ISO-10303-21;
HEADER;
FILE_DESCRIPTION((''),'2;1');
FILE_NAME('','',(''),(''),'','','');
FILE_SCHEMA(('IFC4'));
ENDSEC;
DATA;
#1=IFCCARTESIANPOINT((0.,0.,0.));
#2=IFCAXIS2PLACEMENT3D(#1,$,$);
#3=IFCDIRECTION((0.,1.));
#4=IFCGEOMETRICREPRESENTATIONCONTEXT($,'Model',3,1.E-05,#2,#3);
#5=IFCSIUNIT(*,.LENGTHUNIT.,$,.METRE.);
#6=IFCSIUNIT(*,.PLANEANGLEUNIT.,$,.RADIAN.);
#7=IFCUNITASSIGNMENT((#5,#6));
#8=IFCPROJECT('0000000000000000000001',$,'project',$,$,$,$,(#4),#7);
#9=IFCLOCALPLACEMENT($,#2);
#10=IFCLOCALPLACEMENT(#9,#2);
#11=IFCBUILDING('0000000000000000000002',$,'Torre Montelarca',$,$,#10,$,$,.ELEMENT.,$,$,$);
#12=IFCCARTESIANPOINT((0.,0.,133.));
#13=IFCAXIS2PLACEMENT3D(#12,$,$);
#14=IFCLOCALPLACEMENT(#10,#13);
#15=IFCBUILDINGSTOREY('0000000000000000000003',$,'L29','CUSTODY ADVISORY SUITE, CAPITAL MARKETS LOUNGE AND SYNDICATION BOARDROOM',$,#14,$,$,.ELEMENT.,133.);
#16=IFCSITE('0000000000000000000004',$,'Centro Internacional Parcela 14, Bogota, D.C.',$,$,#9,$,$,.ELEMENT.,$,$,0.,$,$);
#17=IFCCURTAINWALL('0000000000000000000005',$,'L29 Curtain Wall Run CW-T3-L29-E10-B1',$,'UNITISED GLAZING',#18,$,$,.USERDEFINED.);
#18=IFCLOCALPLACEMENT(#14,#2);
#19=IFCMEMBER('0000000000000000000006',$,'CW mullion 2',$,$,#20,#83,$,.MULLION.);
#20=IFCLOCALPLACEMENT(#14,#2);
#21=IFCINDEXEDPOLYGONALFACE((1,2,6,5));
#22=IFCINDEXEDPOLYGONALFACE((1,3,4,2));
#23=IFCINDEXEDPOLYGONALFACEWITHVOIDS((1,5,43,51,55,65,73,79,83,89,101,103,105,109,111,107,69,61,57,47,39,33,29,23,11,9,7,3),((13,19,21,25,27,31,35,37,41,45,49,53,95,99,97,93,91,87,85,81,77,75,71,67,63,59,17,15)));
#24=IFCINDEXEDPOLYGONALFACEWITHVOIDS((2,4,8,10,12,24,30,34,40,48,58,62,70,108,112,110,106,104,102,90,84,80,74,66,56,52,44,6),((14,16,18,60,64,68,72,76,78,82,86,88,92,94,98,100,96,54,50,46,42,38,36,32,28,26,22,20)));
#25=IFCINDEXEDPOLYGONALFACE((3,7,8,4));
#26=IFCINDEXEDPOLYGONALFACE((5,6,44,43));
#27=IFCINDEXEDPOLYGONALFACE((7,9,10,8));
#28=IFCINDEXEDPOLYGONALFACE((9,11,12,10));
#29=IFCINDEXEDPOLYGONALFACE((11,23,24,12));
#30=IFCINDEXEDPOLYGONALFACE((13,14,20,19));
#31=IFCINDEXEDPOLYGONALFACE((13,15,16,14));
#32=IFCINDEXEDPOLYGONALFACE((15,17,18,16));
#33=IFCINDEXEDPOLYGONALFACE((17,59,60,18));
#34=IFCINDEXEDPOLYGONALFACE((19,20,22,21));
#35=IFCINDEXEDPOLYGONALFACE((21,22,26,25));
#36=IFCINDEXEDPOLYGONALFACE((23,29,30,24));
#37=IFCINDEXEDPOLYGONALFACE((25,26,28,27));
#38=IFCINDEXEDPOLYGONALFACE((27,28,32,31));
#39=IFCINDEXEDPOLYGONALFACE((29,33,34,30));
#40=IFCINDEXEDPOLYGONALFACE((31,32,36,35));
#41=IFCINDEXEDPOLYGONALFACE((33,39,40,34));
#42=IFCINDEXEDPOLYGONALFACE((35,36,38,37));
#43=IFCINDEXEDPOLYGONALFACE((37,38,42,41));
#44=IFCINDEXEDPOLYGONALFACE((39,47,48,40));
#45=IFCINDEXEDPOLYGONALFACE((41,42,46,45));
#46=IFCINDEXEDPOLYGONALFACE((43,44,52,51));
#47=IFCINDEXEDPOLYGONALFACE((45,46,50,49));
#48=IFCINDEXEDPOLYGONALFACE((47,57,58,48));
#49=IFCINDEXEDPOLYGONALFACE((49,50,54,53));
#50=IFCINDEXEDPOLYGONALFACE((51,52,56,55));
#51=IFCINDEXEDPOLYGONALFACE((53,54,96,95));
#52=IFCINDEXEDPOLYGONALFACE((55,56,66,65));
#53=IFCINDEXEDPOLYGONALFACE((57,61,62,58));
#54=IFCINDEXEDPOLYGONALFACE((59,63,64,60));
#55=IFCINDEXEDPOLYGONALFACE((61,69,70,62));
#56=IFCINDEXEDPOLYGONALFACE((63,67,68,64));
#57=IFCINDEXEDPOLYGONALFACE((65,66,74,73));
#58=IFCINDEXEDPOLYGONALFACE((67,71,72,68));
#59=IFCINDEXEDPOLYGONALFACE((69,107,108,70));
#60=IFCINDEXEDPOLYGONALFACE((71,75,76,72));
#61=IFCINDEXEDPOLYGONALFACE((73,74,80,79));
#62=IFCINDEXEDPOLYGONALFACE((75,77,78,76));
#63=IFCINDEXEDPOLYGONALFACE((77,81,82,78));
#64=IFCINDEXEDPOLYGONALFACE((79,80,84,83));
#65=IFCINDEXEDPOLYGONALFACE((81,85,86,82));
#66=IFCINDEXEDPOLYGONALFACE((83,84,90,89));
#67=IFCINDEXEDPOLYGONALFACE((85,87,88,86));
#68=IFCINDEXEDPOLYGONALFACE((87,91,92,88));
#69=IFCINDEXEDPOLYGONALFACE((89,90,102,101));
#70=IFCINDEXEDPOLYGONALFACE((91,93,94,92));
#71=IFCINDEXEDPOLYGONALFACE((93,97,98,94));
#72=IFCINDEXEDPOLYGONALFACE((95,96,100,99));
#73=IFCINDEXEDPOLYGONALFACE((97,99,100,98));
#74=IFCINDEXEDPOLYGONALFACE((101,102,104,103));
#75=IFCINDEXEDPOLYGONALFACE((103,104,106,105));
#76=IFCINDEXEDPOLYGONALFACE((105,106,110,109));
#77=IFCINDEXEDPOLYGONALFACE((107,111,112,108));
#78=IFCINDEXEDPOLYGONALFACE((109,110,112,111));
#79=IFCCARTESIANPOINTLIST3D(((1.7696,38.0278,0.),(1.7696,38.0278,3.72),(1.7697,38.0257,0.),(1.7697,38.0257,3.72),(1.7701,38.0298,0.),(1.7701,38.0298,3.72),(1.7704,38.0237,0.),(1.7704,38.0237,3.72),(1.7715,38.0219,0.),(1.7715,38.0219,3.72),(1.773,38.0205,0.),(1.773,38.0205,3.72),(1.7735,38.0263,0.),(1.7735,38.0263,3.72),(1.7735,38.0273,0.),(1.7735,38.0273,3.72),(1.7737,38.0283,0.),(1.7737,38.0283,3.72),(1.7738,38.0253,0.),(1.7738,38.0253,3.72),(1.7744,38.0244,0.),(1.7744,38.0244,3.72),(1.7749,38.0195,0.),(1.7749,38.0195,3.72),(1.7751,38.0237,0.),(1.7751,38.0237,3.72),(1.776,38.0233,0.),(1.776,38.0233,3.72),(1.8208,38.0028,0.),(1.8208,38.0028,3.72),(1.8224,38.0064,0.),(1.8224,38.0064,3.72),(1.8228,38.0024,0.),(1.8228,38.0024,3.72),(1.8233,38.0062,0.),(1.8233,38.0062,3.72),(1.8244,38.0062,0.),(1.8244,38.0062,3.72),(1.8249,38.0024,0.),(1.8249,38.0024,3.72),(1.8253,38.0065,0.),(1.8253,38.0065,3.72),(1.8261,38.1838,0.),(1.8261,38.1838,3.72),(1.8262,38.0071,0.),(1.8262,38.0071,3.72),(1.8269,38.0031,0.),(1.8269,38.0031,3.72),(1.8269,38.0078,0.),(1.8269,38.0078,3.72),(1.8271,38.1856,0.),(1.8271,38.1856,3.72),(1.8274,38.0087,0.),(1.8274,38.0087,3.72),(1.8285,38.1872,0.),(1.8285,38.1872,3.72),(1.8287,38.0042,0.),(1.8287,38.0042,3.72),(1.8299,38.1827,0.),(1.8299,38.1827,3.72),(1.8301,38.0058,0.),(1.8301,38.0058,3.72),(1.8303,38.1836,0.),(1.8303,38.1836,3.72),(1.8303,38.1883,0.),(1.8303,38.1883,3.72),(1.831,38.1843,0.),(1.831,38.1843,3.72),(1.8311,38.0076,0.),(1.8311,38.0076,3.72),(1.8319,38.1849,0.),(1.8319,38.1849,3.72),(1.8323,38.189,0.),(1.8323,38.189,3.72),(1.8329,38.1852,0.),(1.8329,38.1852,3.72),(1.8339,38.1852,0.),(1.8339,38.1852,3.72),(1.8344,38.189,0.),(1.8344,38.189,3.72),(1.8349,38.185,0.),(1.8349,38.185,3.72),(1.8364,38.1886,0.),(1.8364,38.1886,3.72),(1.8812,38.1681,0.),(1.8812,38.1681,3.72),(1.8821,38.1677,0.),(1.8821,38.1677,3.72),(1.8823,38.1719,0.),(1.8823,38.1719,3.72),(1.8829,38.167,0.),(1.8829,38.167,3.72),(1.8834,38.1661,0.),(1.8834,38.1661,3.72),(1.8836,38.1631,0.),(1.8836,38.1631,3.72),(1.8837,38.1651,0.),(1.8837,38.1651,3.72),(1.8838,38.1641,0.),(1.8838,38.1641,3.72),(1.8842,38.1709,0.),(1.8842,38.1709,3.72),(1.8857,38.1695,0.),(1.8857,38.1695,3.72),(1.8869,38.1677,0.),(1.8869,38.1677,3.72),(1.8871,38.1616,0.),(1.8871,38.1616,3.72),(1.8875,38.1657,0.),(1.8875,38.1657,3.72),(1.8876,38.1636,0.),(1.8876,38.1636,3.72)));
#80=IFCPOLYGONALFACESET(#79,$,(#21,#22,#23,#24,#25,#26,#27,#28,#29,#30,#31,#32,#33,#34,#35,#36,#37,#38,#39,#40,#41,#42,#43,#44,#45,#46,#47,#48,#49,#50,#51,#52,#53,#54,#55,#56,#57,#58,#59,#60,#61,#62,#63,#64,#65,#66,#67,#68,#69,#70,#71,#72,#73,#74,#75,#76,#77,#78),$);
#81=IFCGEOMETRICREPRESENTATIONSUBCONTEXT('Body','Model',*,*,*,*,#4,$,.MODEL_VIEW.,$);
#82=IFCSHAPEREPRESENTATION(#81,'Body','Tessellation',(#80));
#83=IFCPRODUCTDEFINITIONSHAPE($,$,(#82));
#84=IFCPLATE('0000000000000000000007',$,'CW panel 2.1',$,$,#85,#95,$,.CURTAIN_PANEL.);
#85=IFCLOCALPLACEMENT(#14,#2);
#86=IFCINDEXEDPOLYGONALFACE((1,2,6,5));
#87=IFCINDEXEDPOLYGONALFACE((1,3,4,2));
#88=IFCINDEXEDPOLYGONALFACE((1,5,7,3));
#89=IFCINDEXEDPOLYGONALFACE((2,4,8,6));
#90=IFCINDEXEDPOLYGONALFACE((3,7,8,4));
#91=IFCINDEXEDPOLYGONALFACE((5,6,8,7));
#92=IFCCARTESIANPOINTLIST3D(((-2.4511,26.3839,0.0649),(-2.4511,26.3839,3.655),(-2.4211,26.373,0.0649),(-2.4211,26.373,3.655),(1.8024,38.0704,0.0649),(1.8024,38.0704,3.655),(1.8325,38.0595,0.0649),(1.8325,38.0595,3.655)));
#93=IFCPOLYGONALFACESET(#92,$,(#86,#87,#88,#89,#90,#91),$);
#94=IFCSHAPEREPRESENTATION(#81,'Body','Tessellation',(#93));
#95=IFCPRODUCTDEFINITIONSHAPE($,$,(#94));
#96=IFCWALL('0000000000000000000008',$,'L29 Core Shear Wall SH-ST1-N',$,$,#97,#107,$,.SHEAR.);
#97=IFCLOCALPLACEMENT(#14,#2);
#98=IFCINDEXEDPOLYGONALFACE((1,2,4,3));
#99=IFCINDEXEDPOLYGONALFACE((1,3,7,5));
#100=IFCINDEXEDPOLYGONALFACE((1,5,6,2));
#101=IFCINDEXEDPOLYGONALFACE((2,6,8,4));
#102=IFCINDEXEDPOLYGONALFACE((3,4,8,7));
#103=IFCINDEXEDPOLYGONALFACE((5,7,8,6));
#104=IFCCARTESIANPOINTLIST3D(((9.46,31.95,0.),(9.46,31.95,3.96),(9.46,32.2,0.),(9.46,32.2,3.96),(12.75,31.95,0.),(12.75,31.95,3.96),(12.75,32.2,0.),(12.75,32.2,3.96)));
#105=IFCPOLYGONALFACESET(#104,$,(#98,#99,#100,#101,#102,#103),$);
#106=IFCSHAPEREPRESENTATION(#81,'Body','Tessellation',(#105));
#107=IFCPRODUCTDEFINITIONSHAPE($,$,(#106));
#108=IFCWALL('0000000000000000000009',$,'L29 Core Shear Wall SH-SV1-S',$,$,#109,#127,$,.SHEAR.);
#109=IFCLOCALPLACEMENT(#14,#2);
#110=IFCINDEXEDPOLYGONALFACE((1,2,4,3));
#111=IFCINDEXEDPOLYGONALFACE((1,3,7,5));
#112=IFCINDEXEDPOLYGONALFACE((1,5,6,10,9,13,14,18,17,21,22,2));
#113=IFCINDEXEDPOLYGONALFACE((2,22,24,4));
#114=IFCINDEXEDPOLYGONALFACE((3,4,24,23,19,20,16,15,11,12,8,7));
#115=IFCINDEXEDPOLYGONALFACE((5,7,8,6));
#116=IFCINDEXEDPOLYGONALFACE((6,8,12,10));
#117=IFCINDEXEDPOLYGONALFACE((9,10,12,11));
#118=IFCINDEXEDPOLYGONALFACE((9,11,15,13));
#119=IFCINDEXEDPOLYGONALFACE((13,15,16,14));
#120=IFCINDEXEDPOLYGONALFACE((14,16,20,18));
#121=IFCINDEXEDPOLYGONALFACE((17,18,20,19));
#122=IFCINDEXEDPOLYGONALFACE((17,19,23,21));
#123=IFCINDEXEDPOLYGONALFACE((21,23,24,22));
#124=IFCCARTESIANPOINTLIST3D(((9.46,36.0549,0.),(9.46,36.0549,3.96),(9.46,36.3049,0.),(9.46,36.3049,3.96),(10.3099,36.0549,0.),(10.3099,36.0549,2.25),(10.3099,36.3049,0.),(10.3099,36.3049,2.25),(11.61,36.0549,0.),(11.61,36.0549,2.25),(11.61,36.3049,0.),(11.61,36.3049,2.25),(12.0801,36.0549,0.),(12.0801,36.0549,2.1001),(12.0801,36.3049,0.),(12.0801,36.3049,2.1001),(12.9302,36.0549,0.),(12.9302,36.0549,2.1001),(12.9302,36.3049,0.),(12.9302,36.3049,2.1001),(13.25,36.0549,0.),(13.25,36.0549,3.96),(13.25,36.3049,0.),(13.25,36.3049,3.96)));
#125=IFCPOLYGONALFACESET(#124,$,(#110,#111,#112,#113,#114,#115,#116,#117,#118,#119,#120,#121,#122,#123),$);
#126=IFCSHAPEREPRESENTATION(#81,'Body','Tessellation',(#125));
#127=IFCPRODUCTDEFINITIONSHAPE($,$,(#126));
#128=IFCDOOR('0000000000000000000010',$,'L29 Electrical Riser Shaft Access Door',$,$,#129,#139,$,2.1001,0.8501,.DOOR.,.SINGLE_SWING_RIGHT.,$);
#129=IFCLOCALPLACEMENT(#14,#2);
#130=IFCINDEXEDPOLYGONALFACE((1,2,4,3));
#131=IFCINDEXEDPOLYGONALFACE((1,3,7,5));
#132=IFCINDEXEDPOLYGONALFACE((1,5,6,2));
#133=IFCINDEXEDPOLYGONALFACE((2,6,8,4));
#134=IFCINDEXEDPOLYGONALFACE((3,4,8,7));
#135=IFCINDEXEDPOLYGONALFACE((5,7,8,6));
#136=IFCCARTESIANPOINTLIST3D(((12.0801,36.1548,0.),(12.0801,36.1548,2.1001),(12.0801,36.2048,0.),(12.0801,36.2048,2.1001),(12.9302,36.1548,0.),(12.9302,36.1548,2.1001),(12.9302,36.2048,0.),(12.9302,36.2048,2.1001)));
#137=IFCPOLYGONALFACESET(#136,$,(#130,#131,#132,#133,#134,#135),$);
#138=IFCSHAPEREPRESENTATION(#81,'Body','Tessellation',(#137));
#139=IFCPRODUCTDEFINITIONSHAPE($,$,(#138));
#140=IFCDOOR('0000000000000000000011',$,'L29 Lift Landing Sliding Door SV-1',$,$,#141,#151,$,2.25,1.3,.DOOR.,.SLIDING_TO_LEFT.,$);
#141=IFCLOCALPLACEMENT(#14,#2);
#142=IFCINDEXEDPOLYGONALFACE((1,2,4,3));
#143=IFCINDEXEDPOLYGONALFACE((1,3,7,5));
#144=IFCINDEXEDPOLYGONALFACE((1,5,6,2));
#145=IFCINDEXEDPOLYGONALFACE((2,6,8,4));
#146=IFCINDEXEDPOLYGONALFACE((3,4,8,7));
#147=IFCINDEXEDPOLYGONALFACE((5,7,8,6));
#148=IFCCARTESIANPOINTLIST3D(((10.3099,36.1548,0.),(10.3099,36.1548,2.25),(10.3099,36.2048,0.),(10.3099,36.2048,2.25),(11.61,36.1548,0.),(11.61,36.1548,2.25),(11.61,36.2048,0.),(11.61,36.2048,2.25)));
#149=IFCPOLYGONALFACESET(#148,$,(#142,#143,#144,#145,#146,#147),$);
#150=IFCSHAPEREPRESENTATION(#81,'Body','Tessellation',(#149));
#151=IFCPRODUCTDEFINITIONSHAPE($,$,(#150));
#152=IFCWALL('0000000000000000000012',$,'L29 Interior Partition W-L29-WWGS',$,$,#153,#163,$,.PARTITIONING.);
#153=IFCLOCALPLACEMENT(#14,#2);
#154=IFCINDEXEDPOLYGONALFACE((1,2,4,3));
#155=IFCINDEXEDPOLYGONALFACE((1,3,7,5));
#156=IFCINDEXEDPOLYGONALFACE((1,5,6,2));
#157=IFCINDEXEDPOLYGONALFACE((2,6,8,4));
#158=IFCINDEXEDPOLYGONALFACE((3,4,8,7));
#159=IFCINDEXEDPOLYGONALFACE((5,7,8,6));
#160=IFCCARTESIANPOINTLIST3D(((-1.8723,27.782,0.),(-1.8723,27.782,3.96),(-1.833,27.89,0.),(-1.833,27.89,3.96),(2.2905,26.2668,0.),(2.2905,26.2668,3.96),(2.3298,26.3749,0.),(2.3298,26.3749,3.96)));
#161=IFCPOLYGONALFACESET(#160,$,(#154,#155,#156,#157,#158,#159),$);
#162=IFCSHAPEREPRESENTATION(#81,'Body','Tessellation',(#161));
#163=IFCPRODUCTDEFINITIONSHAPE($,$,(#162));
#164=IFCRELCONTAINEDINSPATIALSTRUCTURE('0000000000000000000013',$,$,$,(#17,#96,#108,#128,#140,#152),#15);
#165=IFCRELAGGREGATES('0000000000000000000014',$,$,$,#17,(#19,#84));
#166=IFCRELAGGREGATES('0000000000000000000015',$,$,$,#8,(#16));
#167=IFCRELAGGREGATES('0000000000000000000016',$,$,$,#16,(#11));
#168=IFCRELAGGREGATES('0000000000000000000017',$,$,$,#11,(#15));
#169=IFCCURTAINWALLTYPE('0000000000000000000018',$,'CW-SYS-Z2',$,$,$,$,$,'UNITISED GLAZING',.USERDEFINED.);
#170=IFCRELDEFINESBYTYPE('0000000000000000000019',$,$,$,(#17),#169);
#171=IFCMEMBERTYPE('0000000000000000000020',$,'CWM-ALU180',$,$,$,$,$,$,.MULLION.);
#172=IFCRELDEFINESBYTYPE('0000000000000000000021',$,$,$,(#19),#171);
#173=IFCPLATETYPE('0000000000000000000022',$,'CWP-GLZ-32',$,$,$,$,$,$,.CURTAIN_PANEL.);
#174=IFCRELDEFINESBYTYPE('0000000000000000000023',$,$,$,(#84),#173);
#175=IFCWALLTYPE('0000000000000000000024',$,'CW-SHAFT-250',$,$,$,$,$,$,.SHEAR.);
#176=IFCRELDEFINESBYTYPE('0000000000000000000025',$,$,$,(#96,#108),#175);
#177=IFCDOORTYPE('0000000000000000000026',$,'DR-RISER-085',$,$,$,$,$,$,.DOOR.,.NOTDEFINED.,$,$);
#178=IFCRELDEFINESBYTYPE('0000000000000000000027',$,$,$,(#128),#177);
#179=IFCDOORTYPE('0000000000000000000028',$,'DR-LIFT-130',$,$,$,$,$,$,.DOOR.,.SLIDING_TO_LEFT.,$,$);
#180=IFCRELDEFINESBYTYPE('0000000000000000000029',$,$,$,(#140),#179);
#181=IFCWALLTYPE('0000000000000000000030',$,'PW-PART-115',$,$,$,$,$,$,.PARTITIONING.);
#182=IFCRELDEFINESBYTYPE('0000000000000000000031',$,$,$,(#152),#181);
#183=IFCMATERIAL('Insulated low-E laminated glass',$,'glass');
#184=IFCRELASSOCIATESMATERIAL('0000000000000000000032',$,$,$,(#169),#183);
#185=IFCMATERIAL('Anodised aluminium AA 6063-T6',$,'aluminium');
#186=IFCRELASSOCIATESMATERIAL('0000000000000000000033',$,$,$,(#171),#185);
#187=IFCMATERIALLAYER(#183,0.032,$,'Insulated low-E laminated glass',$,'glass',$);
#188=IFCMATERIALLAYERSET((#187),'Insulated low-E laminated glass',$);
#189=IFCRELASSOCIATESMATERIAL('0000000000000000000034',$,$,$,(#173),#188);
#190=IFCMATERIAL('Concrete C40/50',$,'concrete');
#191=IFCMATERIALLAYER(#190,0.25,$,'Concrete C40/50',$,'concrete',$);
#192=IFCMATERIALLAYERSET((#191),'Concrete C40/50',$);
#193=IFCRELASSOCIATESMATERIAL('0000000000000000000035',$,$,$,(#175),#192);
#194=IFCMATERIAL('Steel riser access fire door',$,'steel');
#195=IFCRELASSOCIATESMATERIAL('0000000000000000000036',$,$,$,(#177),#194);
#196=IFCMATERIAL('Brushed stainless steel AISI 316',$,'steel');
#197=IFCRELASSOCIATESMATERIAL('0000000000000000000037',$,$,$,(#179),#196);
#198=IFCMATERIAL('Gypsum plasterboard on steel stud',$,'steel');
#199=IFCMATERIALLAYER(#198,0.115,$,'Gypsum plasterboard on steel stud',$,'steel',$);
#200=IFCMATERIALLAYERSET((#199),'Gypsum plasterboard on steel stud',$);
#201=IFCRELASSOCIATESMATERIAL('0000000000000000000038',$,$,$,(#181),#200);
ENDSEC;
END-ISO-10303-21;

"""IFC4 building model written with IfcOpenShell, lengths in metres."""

from ifc_helpers import new_model, si_unit, direction, frame, frame_2d, origin, origin_2d, place, context, subcontext, project, spatial, rectangle, hollow_rectangle, extrude, source, transform, mapped, material, layer, layer_set, material_profile, profile_set, type_object, element, fill, aggregate, save


model = new_model("IFC4")

# Units and contexts
model_context = context("Model", 3, precision=1e-05, world=origin(), true_north=direction((0.0, 1.0)))
body_context = subcontext(model_context, "Body", "Model", "MODEL_VIEW")
ifc_project = project(units=[si_unit("LENGTHUNIT", "METRE"), si_unit("PLANEANGLEUNIT", "RADIAN")], contexts=[model_context])

# Site, building, storey
site_placement = place(None, origin())
site = spatial("IfcSite", under=ifc_project, at=site_placement, Name="Centro Internacional Parcela 14, Bogota, D.C.", CompositionType="ELEMENT", RefElevation=0.0)
building_placement = place(site_placement, origin())
building = spatial("IfcBuilding", under=site, at=building_placement, Name="Torre Montelarca", CompositionType="ELEMENT")
storey_placement = place(building_placement, frame((0.0, 0.0, 133.0)))
storey = spatial("IfcBuildingStorey", under=building, at=storey_placement, Name="L29", Description="CUSTODY ADVISORY SUITE, CAPITAL MARKETS LOUNGE AND SYNDICATION BOARDROOM", CompositionType="ELEMENT", Elevation=133.0)

# Curtain wall, member, plate
ifc_material_1 = material(Name="Insulated low-E laminated glass", Category="glass")
curtain_wall_type = type_object("IfcCurtainWallType", Name="CW-SYS-Z2", ElementType="UNITISED GLAZING", PredefinedType="USERDEFINED", material=ifc_material_1)
curtain_wall_placement = place(storey_placement, origin())
curtain_wall = element("IfcCurtainWall", 1, at=curtain_wall_placement, inside=storey, type_object=curtain_wall_type, Name="L29 Curtain Wall Run CW-T3-L29-E10-B1", ObjectType="UNITISED GLAZING", PredefinedType="USERDEFINED")
ifc_material_2 = material(Name="Anodised aluminium AA 6063-T6", Category="aluminium")
ifc_material_profile_1 = material_profile(ifc_material_2, hollow_rectangle(XDim=0.0649, YDim=0.1799, WallThickness=0.0039, InnerFilletRadius=0.0039, OuterFilletRadius=0.0081, at=origin_2d()), Name="ALU65X180X4", Category="aluminium")
ifc_profile_set_1 = profile_set([ifc_material_profile_1], Name="Anodised aluminium AA 6063-T6")
member_type_1 = type_object("IfcMemberType", Name="CWM-ALU180", PredefinedType="MULLION", material=ifc_profile_set_1)
shared_shape_1 = source(origin(), body_context, "Body", "SweptSolid", [
    extrude(hollow_rectangle(XDim=0.0649, YDim=0.1799, WallThickness=0.0039, InnerFilletRadius=0.0039, OuterFilletRadius=0.0081, at=origin_2d()), origin(), (0.0, 0.0, 1.0), 3.72),
])
member_1_placement = place(storey_placement, frame((1.8286, 38.0957, 0.0), z_axis=(0.0, 0.0, 1.0), x_axis=(0.939693, -0.342019, 0.0)))
member_1 = element("IfcMember", 2, at=member_1_placement, type_object=member_type_1, Name="CW mullion 2", PredefinedType="MULLION", context=body_context, shape_type="MappedRepresentation", body=[
    mapped(shared_shape_1, transform((0.0, 0.0, 0.0), scale=1.0)),
])
ifc_layer_1 = layer(ifc_material_1, 0.032, Name="Insulated low-E laminated glass", Category="glass")
ifc_layer_set_1 = layer_set([ifc_layer_1], Name="Insulated low-E laminated glass")
plate_type = type_object("IfcPlateType", Name="CWP-GLZ-32", PredefinedType="CURTAIN_PANEL", material=ifc_layer_set_1)
shared_shape_2 = source(origin(), body_context, "Body", "SweptSolid", [
    extrude(rectangle(XDim=12.4365, YDim=0.032, at=origin_2d()), origin(), (0.0, 0.0, 1.0), 3.5901),
])
plate_placement = place(storey_placement, frame((-0.3093, 32.2217, 0.0649), z_axis=(0.0, 0.0, 1.0), x_axis=(-0.342019, -0.939693, 0.0)))
plate = element("IfcPlate", 3, at=plate_placement, type_object=plate_type, Name="CW panel 2.1", PredefinedType="CURTAIN_PANEL", context=body_context, shape_type="MappedRepresentation", body=[
    mapped(shared_shape_2, transform((0.0, 0.0, 0.0), scale=1.0)),
])
aggregate(curtain_wall, [member_1, plate])

# Wall
ifc_material_3 = material(Name="Concrete C40/50", Category="concrete")
ifc_layer_2 = layer(ifc_material_3, 0.25, Name="Concrete C40/50", Category="concrete")
ifc_layer_set_2 = layer_set([ifc_layer_2], Name="Concrete C40/50")
wall_type_1 = type_object("IfcWallType", Name="CW-SHAFT-250", PredefinedType="SHEAR", material=ifc_layer_set_2)
wall_1_placement = place(storey_placement, frame((9.46, 32.075, 0.0), z_axis=(0.0, 0.0, 1.0), x_axis=(1.0, 0.0, 0.0)))
element("IfcWall", 4, at=wall_1_placement, inside=storey, type_object=wall_type_1, Name="L29 Core Shear Wall SH-ST1-N", PredefinedType="SHEAR", context=body_context, shape_type="SweptSolid", body=[
    extrude(rectangle(XDim=3.29, YDim=0.25, at=frame_2d((1.645, 0.0))), origin(), (0.0, 0.0, 1.0), 3.96),
])

# Wall, openings, doors
wall_2_placement = place(storey_placement, frame((9.46, 36.1799, 0.0), z_axis=(0.0, 0.0, 1.0), x_axis=(1.0, 0.0, 0.0)))
wall_2 = element("IfcWall", 5, at=wall_2_placement, inside=storey, type_object=wall_type_1, Name="L29 Core Shear Wall SH-SV1-S", PredefinedType="SHEAR", context=body_context, shape_type="SweptSolid", body=[
    extrude(rectangle(XDim=3.79, YDim=0.25, at=frame_2d((1.895, 0.0))), origin(), (0.0, 0.0, 1.0), 3.96),
])
opening_1_placement = place(wall_2_placement, frame((2.6201, 0.0, 0.0)))
opening_1 = element("IfcOpeningElement", 6, at=opening_1_placement, cuts=wall_2, PredefinedType="OPENING", context=body_context, shape_type="SweptSolid", body=[
    extrude(rectangle(XDim=0.8501, YDim=2.1001, at=frame_2d((0.425, 1.05))), frame((0.0, 0.135, 0.0), z_axis=(0.0, -1.0, 0.0), x_axis=(1.0, 0.0, 0.0)), (0.0, 0.0, 1.0), 0.27),
])
opening_2_placement = place(wall_2_placement, frame((0.8501, 0.0, 0.0)))
opening_2 = element("IfcOpeningElement", 7, at=opening_2_placement, cuts=wall_2, PredefinedType="OPENING", context=body_context, shape_type="SweptSolid", body=[
    extrude(rectangle(XDim=1.3, YDim=2.25, at=frame_2d((0.6499, 1.125))), frame((0.0, 0.135, 0.0), z_axis=(0.0, -1.0, 0.0), x_axis=(1.0, 0.0, 0.0)), (0.0, 0.0, 1.0), 0.27),
])
ifc_material_4 = material(Name="Steel riser access fire door", Category="steel")
door_type_1 = type_object("IfcDoorType", Name="DR-RISER-085", OperationType="NOTDEFINED", PredefinedType="DOOR", material=ifc_material_4)
shared_shape_3 = source(origin(), body_context, "Body", "SweptSolid", [
    extrude(rectangle(XDim=0.8501, YDim=2.1001, at=frame_2d((0.425, 1.05))), frame((0.0, 0.0249, 0.0), z_axis=(0.0, -1.0, 0.0), x_axis=(1.0, 0.0, 0.0)), (0.0, 0.0, 1.0), 0.05),
])
door_1_placement = place(opening_1_placement, origin())
door_1 = element("IfcDoor", 8, at=door_1_placement, inside=storey, type_object=door_type_1, Name="L29 Electrical Riser Shaft Access Door", OperationType="SINGLE_SWING_RIGHT", OverallHeight=2.1001, OverallWidth=0.8501, PredefinedType="DOOR", context=body_context, shape_type="MappedRepresentation", body=[
    mapped(shared_shape_3, transform((0.0, 0.0, 0.0), scale=1.0)),
])
fill(opening_1, door_1)
ifc_material_5 = material(Name="Brushed stainless steel AISI 316", Category="steel")
door_type_2 = type_object("IfcDoorType", Name="DR-LIFT-130", OperationType="SLIDING_TO_LEFT", PredefinedType="DOOR", material=ifc_material_5)
shared_shape_4 = source(origin(), body_context, "Body", "SweptSolid", [
    extrude(rectangle(XDim=1.3, YDim=2.25, at=frame_2d((0.6499, 1.125))), frame((0.0, 0.0249, 0.0), z_axis=(0.0, -1.0, 0.0), x_axis=(1.0, 0.0, 0.0)), (0.0, 0.0, 1.0), 0.05),
])
door_2_placement = place(opening_2_placement, origin())
door_2 = element("IfcDoor", 9, at=door_2_placement, inside=storey, type_object=door_type_2, Name="L29 Lift Landing Sliding Door SV-1", OperationType="SLIDING_TO_LEFT", OverallHeight=2.25, OverallWidth=1.3, PredefinedType="DOOR", context=body_context, shape_type="MappedRepresentation", body=[
    mapped(shared_shape_4, transform((0.0, 0.0, 0.0), scale=1.0)),
])
fill(opening_2, door_2)

# Shared definitions
ifc_material_6 = material(Name="Gypsum plasterboard on steel stud", Category="steel")

# Wall
ifc_layer_3 = layer(ifc_material_6, 0.115, Name="Gypsum plasterboard on steel stud", Category="steel")
ifc_layer_set_3 = layer_set([ifc_layer_3], Name="Gypsum plasterboard on steel stud")
wall_type_2 = type_object("IfcWallType", Name="PW-PART-115", PredefinedType="PARTITIONING", material=ifc_layer_set_3)
wall_3_placement = place(storey_placement, frame((-1.8525, 27.8359, 0.0), z_axis=(0.0, 0.0, 1.0), x_axis=(0.939694, -0.342017, 0.0)))
element("IfcWall", 10, at=wall_3_placement, inside=storey, type_object=wall_type_2, Name="L29 Interior Partition W-L29-WWGS", PredefinedType="PARTITIONING", context=body_context, shape_type="SweptSolid", body=[
    extrude(rectangle(XDim=4.4299, YDim=0.115, at=frame_2d((2.2148, 0.0))), origin(), (0.0, 0.0, 1.0), 3.96),
])

save(model, "model.ifc")
